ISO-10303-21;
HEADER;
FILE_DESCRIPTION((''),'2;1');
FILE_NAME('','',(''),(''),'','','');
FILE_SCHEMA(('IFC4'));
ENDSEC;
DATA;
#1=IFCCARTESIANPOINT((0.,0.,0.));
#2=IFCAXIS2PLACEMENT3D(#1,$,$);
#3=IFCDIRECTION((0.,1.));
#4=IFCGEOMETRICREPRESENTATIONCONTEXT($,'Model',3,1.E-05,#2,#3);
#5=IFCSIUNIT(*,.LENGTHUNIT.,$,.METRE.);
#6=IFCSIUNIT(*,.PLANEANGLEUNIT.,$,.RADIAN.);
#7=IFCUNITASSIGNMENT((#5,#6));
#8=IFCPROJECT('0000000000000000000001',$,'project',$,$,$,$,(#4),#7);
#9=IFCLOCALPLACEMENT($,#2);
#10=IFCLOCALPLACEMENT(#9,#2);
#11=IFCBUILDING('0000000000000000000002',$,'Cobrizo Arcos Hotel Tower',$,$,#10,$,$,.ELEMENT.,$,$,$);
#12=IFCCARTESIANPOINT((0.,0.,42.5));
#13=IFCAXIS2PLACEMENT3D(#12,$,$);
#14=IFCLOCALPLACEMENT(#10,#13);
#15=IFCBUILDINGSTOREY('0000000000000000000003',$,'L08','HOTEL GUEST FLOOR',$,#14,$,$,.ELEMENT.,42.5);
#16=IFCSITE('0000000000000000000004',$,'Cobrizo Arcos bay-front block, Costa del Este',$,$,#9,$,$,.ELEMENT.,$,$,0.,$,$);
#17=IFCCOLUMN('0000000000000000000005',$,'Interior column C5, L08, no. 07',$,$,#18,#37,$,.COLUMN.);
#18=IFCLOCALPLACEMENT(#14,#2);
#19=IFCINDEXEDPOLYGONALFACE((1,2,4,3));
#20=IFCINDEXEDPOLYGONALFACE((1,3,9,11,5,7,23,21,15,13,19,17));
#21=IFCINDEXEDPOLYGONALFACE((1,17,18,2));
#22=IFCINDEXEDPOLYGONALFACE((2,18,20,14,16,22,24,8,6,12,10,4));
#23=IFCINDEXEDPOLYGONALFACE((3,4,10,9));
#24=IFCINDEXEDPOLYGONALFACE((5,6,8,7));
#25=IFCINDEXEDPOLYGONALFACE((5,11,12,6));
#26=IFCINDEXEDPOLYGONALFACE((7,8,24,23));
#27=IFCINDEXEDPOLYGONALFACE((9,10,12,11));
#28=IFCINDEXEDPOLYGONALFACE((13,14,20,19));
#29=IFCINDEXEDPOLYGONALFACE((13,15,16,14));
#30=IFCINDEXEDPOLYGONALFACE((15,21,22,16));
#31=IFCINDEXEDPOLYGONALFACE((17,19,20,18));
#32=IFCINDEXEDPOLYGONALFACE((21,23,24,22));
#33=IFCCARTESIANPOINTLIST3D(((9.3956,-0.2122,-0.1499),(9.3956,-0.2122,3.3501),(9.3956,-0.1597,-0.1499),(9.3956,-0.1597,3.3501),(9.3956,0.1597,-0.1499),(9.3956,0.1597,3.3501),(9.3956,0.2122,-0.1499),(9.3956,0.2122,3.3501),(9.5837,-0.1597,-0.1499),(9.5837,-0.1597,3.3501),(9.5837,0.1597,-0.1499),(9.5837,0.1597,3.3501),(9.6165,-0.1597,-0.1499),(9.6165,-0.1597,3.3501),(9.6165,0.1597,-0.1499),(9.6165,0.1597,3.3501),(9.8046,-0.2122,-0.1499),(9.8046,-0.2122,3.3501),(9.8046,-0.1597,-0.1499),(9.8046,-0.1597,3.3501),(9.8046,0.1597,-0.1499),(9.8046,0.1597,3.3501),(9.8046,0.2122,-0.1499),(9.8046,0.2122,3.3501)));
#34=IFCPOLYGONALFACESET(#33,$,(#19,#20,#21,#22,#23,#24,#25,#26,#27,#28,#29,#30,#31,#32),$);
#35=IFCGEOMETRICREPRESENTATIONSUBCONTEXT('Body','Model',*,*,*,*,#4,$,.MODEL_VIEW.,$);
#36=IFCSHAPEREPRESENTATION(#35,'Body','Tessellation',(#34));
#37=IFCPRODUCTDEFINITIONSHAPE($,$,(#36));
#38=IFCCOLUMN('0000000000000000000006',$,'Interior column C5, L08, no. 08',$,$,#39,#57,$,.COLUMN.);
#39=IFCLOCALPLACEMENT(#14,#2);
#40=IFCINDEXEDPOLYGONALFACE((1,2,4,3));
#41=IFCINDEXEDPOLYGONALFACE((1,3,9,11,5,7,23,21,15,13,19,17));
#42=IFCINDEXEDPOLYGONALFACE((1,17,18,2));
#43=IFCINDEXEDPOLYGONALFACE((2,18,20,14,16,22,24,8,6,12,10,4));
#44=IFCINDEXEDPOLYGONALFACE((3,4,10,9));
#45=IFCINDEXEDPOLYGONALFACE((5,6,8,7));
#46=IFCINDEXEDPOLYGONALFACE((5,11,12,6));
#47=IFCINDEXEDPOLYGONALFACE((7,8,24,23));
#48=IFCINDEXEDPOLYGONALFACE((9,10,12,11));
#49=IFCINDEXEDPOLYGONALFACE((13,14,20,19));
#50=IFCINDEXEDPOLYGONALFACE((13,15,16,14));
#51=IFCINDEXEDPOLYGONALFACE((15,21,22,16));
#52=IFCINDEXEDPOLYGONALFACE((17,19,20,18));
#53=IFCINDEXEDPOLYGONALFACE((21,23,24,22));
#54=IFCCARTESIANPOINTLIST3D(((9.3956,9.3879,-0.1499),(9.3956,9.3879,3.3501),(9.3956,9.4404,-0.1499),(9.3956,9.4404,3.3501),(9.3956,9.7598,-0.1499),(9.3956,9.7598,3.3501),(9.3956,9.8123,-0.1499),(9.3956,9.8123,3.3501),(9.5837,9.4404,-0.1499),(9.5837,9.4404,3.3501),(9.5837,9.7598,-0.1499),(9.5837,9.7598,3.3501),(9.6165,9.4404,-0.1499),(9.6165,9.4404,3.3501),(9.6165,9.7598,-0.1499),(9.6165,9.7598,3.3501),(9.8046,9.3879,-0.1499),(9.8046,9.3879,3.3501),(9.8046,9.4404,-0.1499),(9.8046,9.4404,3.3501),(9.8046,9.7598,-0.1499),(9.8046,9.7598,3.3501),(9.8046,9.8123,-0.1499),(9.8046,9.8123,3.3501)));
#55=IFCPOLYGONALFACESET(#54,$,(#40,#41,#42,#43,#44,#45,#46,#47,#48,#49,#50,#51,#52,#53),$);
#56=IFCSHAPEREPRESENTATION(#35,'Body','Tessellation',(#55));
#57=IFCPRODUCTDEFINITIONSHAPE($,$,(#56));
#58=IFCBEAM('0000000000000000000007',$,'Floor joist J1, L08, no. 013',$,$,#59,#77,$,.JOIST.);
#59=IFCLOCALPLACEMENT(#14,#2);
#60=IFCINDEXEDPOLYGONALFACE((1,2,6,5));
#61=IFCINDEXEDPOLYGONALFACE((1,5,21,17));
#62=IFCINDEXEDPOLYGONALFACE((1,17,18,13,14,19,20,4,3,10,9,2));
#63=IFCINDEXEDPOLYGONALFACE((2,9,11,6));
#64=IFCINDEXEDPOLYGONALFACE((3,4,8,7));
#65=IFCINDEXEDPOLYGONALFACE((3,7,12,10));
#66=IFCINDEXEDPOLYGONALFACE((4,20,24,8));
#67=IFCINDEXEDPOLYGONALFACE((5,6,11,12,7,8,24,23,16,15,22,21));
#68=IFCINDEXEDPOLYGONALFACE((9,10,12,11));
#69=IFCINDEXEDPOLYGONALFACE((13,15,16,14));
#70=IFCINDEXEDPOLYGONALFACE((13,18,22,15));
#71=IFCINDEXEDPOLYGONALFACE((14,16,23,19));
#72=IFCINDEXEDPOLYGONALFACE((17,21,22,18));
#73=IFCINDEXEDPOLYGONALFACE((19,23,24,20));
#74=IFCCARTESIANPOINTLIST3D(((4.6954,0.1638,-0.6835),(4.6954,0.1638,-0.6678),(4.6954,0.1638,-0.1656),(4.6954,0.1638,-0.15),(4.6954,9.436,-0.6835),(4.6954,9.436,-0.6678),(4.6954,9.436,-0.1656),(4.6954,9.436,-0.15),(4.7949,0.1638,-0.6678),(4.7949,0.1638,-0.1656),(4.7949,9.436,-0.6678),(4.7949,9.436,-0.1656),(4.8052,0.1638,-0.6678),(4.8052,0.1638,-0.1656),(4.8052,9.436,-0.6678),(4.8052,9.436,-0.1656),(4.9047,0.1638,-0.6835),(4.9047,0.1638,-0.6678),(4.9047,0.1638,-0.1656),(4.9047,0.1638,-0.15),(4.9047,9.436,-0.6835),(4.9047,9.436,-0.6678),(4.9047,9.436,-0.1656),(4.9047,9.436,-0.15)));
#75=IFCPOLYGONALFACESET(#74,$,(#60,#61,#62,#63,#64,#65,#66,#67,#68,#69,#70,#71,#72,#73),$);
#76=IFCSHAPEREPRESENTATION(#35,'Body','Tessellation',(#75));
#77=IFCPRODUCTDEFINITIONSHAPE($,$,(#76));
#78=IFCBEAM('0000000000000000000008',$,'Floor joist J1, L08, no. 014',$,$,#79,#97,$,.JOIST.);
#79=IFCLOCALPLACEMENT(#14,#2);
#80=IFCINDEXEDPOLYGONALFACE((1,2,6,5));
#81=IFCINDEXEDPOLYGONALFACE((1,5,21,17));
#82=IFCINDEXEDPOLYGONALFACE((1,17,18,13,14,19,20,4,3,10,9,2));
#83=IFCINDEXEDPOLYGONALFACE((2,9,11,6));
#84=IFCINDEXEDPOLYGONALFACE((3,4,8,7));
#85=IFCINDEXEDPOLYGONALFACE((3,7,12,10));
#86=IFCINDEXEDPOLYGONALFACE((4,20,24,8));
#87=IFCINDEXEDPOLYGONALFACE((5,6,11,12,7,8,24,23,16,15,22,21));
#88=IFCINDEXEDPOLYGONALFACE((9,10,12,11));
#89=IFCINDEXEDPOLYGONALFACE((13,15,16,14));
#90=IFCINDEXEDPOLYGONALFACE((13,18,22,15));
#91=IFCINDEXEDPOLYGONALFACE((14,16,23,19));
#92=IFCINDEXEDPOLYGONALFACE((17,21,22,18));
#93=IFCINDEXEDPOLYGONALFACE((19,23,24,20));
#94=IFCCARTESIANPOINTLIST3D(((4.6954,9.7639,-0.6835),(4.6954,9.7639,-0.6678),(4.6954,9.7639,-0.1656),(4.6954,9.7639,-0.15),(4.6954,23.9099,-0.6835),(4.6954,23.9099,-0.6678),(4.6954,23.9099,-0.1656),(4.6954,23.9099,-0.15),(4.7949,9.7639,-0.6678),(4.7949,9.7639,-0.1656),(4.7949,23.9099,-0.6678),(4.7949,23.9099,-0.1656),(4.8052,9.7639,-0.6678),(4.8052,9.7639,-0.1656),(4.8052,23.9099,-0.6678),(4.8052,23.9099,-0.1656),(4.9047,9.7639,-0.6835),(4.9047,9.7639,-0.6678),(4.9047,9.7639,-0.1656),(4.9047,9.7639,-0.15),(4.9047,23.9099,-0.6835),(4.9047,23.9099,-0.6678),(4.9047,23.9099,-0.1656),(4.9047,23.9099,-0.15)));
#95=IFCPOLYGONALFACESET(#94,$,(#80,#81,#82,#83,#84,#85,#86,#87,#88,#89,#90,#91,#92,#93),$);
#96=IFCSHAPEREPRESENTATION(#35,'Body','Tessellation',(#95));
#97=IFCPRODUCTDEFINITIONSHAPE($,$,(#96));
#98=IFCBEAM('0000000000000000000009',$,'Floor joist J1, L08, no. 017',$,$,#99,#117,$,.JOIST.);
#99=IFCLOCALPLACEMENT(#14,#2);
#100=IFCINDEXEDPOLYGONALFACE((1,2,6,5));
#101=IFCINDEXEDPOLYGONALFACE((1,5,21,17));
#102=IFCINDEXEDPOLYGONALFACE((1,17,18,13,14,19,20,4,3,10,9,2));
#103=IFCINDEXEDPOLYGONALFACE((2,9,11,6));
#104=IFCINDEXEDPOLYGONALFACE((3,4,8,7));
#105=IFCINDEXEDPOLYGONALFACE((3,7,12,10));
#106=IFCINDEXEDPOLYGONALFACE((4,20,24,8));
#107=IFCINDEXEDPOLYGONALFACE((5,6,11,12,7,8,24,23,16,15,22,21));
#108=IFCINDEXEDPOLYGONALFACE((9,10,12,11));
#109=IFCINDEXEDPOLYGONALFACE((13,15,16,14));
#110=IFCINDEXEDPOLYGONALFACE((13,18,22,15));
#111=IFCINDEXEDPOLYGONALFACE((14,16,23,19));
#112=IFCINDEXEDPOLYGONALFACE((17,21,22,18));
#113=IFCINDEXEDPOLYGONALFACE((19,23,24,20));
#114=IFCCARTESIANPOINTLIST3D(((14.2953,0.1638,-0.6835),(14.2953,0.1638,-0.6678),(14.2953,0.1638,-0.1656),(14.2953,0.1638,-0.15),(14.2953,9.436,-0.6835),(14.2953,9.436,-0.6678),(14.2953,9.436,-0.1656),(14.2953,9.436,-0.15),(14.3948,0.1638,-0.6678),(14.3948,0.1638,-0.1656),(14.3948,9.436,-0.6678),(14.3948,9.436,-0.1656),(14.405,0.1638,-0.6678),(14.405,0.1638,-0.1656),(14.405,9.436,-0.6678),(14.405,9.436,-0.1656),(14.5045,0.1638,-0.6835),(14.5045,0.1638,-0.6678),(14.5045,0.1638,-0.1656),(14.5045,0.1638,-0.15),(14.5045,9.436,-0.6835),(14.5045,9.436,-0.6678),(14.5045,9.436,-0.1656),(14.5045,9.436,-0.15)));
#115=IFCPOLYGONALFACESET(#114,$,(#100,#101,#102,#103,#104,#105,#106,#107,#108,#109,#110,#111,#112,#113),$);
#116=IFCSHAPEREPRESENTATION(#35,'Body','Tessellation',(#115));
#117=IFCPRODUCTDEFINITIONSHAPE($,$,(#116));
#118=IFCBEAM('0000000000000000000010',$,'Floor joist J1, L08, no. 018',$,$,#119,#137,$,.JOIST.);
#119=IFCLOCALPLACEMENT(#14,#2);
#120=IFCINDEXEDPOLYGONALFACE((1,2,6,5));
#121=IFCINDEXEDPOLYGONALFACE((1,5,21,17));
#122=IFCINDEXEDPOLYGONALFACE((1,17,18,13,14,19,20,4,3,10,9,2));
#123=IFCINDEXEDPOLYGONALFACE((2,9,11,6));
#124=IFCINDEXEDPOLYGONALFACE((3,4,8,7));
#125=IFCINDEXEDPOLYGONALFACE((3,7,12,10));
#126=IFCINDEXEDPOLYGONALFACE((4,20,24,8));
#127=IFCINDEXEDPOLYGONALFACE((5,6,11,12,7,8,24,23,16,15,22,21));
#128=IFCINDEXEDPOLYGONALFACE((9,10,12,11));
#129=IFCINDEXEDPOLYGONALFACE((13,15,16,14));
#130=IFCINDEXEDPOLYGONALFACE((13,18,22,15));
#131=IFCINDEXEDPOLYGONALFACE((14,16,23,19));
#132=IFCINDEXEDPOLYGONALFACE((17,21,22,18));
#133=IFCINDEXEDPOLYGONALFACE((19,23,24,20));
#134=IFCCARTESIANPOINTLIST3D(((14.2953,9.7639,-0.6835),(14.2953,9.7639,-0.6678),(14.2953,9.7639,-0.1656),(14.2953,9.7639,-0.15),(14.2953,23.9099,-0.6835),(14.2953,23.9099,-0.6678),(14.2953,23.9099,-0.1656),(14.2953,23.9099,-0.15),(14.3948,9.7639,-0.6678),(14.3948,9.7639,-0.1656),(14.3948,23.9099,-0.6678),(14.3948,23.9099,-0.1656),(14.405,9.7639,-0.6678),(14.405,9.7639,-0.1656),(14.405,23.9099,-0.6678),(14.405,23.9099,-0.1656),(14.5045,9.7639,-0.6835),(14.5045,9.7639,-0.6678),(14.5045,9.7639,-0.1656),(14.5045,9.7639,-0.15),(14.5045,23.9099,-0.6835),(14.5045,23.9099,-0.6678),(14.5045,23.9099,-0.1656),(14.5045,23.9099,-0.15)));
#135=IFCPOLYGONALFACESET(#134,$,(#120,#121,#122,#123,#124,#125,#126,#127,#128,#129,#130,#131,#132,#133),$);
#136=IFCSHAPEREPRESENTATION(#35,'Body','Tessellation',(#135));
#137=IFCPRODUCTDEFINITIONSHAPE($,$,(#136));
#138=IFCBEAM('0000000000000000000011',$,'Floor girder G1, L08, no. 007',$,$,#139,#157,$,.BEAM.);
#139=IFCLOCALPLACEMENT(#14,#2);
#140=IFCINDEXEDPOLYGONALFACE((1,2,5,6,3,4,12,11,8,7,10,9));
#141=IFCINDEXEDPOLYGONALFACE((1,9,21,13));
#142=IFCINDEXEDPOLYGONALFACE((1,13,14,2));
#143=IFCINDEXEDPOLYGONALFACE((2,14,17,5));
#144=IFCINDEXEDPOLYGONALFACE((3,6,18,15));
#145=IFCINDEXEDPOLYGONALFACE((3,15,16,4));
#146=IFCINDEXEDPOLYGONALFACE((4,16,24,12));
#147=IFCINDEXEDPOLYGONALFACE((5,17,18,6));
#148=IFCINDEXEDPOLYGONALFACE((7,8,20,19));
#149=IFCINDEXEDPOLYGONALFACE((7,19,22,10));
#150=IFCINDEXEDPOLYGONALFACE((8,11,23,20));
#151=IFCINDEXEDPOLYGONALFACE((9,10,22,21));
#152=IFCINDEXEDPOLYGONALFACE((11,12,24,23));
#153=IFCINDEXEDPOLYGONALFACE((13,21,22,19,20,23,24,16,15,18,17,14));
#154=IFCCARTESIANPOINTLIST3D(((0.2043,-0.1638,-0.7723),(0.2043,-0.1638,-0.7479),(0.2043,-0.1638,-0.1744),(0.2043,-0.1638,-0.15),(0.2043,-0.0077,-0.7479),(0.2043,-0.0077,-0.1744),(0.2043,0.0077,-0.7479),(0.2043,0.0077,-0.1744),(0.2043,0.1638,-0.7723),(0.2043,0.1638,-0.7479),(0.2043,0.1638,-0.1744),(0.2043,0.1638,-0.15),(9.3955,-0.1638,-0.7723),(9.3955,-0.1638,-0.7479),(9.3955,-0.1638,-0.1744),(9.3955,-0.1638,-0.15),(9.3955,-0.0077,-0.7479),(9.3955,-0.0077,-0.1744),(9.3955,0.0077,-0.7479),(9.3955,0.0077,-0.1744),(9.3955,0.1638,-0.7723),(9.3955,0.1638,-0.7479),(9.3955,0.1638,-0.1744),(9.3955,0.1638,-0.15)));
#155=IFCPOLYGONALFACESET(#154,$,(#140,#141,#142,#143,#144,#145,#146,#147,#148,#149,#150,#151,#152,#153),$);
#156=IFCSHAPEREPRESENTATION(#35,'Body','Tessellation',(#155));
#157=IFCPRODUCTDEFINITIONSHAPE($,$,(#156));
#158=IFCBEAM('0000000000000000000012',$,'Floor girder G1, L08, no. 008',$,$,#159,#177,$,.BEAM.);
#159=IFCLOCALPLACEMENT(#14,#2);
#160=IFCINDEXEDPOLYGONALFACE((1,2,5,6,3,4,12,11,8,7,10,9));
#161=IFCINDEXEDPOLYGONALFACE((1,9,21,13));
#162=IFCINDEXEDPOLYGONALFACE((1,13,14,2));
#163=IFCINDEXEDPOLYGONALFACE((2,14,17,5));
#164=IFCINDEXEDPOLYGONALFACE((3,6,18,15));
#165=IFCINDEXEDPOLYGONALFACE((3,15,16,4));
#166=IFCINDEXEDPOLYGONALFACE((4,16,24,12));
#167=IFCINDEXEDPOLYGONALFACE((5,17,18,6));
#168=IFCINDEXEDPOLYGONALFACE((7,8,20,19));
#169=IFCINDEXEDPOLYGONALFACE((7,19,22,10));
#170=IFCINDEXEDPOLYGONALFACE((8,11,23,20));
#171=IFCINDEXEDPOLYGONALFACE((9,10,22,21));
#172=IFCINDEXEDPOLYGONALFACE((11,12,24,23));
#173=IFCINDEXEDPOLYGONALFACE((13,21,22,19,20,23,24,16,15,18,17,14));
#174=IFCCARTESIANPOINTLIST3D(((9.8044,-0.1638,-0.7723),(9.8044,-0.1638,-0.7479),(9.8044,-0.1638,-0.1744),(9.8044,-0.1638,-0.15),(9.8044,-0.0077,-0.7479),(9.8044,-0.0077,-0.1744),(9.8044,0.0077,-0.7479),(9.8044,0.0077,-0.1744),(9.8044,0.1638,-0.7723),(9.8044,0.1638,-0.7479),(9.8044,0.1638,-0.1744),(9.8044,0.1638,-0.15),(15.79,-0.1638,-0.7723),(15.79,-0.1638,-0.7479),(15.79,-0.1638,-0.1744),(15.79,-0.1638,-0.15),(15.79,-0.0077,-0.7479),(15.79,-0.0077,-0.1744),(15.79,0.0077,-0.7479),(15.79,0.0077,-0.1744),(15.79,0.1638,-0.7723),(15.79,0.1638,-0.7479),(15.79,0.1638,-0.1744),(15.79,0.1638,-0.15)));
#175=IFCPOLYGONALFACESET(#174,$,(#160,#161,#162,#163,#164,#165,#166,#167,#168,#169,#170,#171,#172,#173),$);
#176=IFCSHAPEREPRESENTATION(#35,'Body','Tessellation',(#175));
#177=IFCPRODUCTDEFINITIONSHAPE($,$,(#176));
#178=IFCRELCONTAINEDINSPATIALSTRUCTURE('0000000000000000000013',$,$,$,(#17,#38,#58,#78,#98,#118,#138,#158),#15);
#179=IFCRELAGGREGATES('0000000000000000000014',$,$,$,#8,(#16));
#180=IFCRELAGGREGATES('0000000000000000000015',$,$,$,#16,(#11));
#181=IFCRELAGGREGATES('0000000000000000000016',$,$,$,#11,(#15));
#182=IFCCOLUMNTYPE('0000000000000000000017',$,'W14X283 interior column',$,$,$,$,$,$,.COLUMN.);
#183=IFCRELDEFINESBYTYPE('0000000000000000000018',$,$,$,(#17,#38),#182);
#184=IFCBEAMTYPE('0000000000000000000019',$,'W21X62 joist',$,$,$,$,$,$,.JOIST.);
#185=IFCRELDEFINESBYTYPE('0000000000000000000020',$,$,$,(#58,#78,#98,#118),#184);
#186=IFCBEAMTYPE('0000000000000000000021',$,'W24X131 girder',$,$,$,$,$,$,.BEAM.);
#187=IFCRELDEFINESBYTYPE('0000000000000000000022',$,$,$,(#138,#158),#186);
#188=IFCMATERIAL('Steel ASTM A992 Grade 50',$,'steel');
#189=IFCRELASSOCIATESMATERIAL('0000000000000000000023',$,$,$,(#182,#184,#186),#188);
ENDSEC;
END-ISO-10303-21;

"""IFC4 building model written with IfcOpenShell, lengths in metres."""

from ifc_helpers import new_model, si_unit, direction, frame, origin, origin_2d, place, context, subcontext, project, spatial, i_section, extrude, material, material_profile, profile_set, type_object, element, save


model = new_model("IFC4")

# Units and contexts
model_context = context("Model", 3, precision=1e-05, world=origin(), true_north=direction((0.0, 1.0)))
body_context = subcontext(model_context, "Body", "Model", "MODEL_VIEW")
ifc_project = project(units=[si_unit("LENGTHUNIT", "METRE"), si_unit("PLANEANGLEUNIT", "RADIAN")], contexts=[model_context])

# Site, building, storey
site_placement = place(None, origin())
site = spatial("IfcSite", under=ifc_project, at=site_placement, Name="Cobrizo Arcos bay-front block, Costa del Este", CompositionType="ELEMENT", RefElevation=0.0)
building_placement = place(site_placement, origin())
building = spatial("IfcBuilding", under=site, at=building_placement, Name="Cobrizo Arcos Hotel Tower", CompositionType="ELEMENT")
storey_placement = place(building_placement, frame((0.0, 0.0, 42.5)))
storey = spatial("IfcBuildingStorey", under=building, at=storey_placement, Name="L08", Description="HOTEL GUEST FLOOR", CompositionType="ELEMENT", Elevation=42.5)

# Columns
ifc_material_1 = material(Name="Steel ASTM A992 Grade 50", Category="steel")
ifc_material_profile_1 = material_profile(ifc_material_1, i_section(OverallWidth=0.4089, OverallDepth=0.4243, WebThickness=0.0327, FlangeThickness=0.0525, at=origin_2d()), Name="W14X283")
ifc_profile_set_1 = profile_set([ifc_material_profile_1], Name="Steel ASTM A992 Grade 50")
column_type = type_object("IfcColumnType", Name="W14X283 interior column", PredefinedType="COLUMN", material=ifc_profile_set_1)
for number, where, z_axis, x_axis, name in (
    (1, (9.6001, 0.0, -0.1499), (0.0, 0.0, 1.0), (1.0, 0.0, 0.0), "Interior column C5, L08, no. 07"),
    (2, (9.6001, 9.6001, -0.1499), (0.0, 0.0, 1.0), (1.0, 0.0, 0.0), "Interior column C5, L08, no. 08"),
):
    element("IfcColumn", number, at=place(storey_placement, frame(where, z_axis=z_axis, x_axis=x_axis)), inside=storey, type_object=column_type, Name=name, PredefinedType="COLUMN", context=body_context, shape_type="SweptSolid", body=[
        extrude(i_section(OverallWidth=0.4089, OverallDepth=0.4243, WebThickness=0.0327, FlangeThickness=0.0525, at=origin_2d()), origin(), (0.0, 0.0, 1.0), 3.5),
    ])

# Beams
ifc_material_profile_2 = material_profile(ifc_material_1, i_section(OverallWidth=0.2092, OverallDepth=0.5334, WebThickness=0.0103, FlangeThickness=0.0156, at=origin_2d()), Name="W21X62")
ifc_profile_set_2 = profile_set([ifc_material_profile_2], Name="Steel ASTM A992 Grade 50")
beam_type_1 = type_object("IfcBeamType", Name="W21X62 joist", PredefinedType="JOIST", material=ifc_profile_set_2)
beam_1_placement = place(storey_placement, frame((4.8, 0.1638, -0.4167), z_axis=(0.0, 1.0, 0.0), x_axis=(-1.0, 0.0, 0.0)))
element("IfcBeam", 3, at=beam_1_placement, inside=storey, type_object=beam_type_1, Name="Floor joist J1, L08, no. 013", PredefinedType="JOIST", context=body_context, shape_type="SweptSolid", body=[
    extrude(i_section(OverallWidth=0.2092, OverallDepth=0.5334, WebThickness=0.0103, FlangeThickness=0.0156, at=origin_2d()), origin(), (0.0, 0.0, 1.0), 9.2722),
])
beam_2_placement = place(storey_placement, frame((4.8, 9.7639, -0.4167), z_axis=(0.0, 1.0, 0.0), x_axis=(-1.0, 0.0, 0.0)))
element("IfcBeam", 4, at=beam_2_placement, inside=storey, type_object=beam_type_1, Name="Floor joist J1, L08, no. 014", PredefinedType="JOIST", context=body_context, shape_type="SweptSolid", body=[
    extrude(i_section(OverallWidth=0.2092, OverallDepth=0.5334, WebThickness=0.0103, FlangeThickness=0.0156, at=origin_2d()), origin(), (0.0, 0.0, 1.0), 14.146),
])
beam_3_placement = place(storey_placement, frame((14.3999, 0.1638, -0.4167), z_axis=(0.0, 1.0, 0.0), x_axis=(-1.0, 0.0, 0.0)))
element("IfcBeam", 5, at=beam_3_placement, inside=storey, type_object=beam_type_1, Name="Floor joist J1, L08, no. 017", PredefinedType="JOIST", context=body_context, shape_type="SweptSolid", body=[
    extrude(i_section(OverallWidth=0.2092, OverallDepth=0.5334, WebThickness=0.0103, FlangeThickness=0.0156, at=origin_2d()), origin(), (0.0, 0.0, 1.0), 9.2722),
])
beam_4_placement = place(storey_placement, frame((14.3999, 9.7639, -0.4167), z_axis=(0.0, 1.0, 0.0), x_axis=(-1.0, 0.0, 0.0)))
element("IfcBeam", 6, at=beam_4_placement, inside=storey, type_object=beam_type_1, Name="Floor joist J1, L08, no. 018", PredefinedType="JOIST", context=body_context, shape_type="SweptSolid", body=[
    extrude(i_section(OverallWidth=0.2092, OverallDepth=0.5334, WebThickness=0.0103, FlangeThickness=0.0156, at=origin_2d()), origin(), (0.0, 0.0, 1.0), 14.146),
])
ifc_material_profile_3 = material_profile(ifc_material_1, i_section(OverallWidth=0.3276, OverallDepth=0.6223, WebThickness=0.0154, FlangeThickness=0.0244, at=origin_2d()), Name="W24X131")
ifc_profile_set_3 = profile_set([ifc_material_profile_3], Name="Steel ASTM A992 Grade 50")
beam_type_2 = type_object("IfcBeamType", Name="W24X131 girder", PredefinedType="BEAM", material=ifc_profile_set_3)
beam_5_placement = place(storey_placement, frame((0.2043, 0.0, -0.4612), z_axis=(1.0, 0.0, 0.0), x_axis=(0.0, 1.0, 0.0)))
element("IfcBeam", 7, at=beam_5_placement, inside=storey, type_object=beam_type_2, Name="Floor girder G1, L08, no. 007", PredefinedType="BEAM", context=body_context, shape_type="SweptSolid", body=[
    extrude(i_section(OverallWidth=0.3276, OverallDepth=0.6223, WebThickness=0.0154, FlangeThickness=0.0244, at=origin_2d()), origin(), (0.0, 0.0, 1.0), 9.1912),
])
beam_6_placement = place(storey_placement, frame((9.8044, 0.0, -0.4612), z_axis=(1.0, 0.0, 0.0), x_axis=(0.0, 1.0, 0.0)))
element("IfcBeam", 8, at=beam_6_placement, inside=storey, type_object=beam_type_2, Name="Floor girder G1, L08, no. 008", PredefinedType="BEAM", context=body_context, shape_type="SweptSolid", body=[
    extrude(i_section(OverallWidth=0.3276, OverallDepth=0.6223, WebThickness=0.0154, FlangeThickness=0.0244, at=origin_2d()), origin(), (0.0, 0.0, 1.0), 5.9856),
])

save(model, "model.ifc")
